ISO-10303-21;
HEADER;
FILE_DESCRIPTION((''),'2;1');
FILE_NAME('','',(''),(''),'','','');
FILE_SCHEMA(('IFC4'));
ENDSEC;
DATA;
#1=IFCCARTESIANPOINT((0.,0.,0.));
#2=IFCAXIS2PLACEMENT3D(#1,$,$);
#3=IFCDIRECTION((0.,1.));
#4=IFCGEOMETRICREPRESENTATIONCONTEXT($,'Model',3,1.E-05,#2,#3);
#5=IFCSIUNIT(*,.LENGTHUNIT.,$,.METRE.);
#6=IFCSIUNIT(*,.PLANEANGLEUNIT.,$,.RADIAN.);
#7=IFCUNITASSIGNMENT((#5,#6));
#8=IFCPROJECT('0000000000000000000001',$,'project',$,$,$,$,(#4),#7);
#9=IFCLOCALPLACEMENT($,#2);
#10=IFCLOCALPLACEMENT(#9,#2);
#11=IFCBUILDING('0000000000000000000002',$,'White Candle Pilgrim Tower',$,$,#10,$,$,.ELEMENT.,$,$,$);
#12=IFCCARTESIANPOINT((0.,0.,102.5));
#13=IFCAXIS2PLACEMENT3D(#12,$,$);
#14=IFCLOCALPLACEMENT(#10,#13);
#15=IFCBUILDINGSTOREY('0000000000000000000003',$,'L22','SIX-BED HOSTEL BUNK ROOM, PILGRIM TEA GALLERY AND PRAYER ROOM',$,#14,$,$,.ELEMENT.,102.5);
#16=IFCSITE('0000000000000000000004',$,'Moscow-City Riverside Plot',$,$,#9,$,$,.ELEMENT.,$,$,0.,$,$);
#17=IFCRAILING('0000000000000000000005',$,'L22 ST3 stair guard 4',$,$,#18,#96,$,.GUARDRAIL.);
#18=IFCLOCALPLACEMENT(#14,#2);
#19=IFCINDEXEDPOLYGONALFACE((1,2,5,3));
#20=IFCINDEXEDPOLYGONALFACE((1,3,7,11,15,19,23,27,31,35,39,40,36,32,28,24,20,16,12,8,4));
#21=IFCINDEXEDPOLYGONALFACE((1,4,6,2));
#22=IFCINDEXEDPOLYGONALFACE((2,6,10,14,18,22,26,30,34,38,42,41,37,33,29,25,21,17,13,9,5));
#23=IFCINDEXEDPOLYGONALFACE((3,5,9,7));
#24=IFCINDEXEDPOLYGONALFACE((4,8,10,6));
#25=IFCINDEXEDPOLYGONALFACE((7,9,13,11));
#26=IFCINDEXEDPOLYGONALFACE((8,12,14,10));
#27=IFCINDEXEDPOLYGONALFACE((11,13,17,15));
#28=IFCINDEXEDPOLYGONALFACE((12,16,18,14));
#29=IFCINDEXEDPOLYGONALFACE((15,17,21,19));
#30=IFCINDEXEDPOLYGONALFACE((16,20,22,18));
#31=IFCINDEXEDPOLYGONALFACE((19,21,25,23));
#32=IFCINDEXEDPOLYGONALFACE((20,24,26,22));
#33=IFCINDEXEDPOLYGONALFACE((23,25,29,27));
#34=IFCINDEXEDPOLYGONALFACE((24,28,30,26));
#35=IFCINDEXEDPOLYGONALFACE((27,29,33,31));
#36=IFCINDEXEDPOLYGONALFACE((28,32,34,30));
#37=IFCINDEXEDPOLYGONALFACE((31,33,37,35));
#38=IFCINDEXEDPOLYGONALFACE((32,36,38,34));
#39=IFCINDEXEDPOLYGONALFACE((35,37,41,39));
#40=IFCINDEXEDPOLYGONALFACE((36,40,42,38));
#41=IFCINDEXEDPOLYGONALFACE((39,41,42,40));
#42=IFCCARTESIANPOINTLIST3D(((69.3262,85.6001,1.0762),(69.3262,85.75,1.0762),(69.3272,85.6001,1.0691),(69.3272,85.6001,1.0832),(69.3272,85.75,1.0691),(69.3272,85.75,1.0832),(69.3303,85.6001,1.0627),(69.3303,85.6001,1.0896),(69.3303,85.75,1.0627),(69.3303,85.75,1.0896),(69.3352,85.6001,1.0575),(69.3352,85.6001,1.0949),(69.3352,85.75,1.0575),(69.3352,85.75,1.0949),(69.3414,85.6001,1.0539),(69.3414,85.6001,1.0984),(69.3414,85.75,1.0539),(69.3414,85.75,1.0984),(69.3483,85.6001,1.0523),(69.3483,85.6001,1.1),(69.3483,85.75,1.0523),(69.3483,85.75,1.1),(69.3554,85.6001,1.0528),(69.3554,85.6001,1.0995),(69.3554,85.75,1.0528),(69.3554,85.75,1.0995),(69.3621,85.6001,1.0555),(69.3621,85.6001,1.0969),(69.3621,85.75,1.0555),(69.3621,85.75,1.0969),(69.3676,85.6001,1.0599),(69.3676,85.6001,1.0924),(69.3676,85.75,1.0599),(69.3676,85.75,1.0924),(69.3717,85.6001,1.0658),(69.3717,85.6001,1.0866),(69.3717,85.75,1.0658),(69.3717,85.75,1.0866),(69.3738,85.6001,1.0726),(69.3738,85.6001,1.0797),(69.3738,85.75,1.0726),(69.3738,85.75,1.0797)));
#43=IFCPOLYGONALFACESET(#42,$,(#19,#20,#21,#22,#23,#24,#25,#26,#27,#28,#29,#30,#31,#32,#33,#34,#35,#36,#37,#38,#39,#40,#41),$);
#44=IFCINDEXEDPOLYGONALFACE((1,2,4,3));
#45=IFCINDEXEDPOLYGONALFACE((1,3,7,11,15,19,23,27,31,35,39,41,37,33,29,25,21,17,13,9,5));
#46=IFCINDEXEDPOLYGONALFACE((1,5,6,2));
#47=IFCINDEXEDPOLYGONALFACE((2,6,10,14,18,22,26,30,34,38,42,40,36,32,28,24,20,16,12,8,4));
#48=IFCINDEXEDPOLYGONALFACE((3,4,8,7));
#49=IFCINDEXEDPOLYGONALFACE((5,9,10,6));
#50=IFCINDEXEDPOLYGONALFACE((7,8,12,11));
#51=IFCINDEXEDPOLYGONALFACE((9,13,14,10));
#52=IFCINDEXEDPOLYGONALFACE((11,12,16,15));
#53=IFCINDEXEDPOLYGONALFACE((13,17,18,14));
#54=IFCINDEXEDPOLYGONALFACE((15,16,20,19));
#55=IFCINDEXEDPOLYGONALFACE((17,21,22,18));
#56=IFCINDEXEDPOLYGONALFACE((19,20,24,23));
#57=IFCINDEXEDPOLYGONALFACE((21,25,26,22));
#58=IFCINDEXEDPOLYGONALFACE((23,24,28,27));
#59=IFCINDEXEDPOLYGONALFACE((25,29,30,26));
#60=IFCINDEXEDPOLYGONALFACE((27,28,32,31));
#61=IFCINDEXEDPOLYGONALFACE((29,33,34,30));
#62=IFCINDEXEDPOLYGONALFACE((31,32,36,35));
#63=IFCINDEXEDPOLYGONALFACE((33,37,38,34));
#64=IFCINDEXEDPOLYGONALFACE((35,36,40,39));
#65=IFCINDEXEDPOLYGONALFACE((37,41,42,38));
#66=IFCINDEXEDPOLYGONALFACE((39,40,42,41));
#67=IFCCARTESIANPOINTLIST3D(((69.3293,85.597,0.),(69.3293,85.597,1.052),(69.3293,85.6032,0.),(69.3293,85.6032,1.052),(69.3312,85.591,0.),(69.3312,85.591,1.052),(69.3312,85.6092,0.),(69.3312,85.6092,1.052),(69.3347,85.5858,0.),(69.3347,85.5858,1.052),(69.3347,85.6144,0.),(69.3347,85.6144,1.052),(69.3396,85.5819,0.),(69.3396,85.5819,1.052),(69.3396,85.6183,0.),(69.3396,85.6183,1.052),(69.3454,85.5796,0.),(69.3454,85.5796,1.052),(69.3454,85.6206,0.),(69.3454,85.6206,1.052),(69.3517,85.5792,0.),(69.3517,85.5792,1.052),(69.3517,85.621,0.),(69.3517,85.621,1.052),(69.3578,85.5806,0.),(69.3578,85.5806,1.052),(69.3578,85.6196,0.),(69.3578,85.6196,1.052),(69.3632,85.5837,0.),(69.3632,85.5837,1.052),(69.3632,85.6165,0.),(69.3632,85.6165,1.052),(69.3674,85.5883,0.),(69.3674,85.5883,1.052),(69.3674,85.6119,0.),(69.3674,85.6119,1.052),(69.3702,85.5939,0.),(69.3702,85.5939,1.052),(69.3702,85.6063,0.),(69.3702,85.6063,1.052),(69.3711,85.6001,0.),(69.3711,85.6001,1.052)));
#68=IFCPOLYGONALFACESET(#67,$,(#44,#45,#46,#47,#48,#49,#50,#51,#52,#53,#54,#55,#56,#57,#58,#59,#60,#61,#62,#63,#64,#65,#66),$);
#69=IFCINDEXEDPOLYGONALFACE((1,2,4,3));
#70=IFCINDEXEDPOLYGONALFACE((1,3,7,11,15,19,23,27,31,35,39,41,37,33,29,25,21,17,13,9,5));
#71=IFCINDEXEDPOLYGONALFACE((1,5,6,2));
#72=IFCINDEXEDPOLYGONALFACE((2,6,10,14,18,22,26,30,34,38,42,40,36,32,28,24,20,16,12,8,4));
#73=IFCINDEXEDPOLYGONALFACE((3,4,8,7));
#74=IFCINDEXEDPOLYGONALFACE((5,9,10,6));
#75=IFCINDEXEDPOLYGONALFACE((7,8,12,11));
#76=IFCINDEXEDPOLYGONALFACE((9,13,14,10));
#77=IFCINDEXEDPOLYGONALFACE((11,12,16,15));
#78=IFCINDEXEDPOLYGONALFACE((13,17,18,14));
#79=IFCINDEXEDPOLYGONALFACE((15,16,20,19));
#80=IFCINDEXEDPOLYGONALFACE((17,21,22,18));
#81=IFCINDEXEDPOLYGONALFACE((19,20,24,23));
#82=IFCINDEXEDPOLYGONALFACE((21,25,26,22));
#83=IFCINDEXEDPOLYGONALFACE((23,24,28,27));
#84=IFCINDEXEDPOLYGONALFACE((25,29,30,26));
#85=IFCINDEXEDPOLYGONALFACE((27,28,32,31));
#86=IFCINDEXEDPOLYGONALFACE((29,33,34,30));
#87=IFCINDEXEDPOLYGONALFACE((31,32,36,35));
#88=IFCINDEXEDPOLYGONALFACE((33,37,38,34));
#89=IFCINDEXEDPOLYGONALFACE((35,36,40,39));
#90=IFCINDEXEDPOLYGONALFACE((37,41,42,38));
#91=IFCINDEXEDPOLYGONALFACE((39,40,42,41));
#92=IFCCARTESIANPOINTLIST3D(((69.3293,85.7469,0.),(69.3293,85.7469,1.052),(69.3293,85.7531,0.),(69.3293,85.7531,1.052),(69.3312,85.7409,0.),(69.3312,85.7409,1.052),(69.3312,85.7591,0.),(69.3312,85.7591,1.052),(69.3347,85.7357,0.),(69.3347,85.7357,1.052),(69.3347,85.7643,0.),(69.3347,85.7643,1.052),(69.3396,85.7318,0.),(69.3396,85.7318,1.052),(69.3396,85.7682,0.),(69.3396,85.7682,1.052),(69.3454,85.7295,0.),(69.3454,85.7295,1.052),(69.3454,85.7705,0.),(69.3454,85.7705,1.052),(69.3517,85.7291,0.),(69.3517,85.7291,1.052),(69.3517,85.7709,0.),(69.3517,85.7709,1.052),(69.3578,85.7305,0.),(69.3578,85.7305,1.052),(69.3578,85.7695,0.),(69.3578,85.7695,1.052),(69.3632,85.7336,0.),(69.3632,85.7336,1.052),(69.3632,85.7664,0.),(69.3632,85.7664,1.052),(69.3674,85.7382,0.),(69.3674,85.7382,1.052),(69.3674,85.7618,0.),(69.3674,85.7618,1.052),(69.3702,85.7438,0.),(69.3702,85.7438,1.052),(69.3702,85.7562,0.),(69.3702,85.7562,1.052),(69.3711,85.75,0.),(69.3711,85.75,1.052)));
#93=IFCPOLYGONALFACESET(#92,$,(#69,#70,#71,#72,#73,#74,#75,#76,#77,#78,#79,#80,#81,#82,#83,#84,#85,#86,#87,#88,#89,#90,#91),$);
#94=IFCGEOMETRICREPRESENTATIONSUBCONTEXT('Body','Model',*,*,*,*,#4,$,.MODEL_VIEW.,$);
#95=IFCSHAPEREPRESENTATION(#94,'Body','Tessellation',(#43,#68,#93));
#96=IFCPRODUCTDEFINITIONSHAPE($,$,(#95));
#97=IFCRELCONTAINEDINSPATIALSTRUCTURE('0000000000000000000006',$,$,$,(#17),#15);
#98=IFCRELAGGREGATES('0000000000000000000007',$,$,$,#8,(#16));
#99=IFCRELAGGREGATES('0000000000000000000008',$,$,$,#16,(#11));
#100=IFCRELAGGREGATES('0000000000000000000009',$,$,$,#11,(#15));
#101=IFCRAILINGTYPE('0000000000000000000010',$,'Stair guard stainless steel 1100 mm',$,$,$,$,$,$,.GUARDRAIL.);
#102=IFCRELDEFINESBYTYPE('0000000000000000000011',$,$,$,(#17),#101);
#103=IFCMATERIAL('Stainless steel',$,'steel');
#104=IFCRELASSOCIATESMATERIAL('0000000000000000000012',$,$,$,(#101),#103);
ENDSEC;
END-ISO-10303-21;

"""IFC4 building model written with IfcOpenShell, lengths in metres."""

from ifc_helpers import new_model, si_unit, direction, frame, origin, origin_2d, place, context, subcontext, project, spatial, circle, extrude, material, type_object, element, save


model = new_model("IFC4")

# Units and contexts
model_context = context("Model", 3, precision=1e-05, world=origin(), true_north=direction((0.0, 1.0)))
body_context = subcontext(model_context, "Body", "Model", "MODEL_VIEW")
ifc_project = project(units=[si_unit("LENGTHUNIT", "METRE"), si_unit("PLANEANGLEUNIT", "RADIAN")], contexts=[model_context])

# Site, building, storey
site_placement = place(None, origin())
site = spatial("IfcSite", under=ifc_project, at=site_placement, Name="Moscow-City Riverside Plot", CompositionType="ELEMENT", RefElevation=0.0)
building_placement = place(site_placement, origin())
building = spatial("IfcBuilding", under=site, at=building_placement, Name="White Candle Pilgrim Tower", CompositionType="ELEMENT")
storey_placement = place(building_placement, frame((0.0, 0.0, 102.5)))
storey = spatial("IfcBuildingStorey", under=building, at=storey_placement, Name="L22", Description="SIX-BED HOSTEL BUNK ROOM, PILGRIM TEA GALLERY AND PRAYER ROOM", CompositionType="ELEMENT", Elevation=102.5)

# Railing
ifc_material_1 = material(Name="Stainless steel", Category="steel")
railing_type_1 = type_object("IfcRailingType", Name="Stair guard stainless steel 1100 mm", PredefinedType="GUARDRAIL", material=ifc_material_1)
railing_1_placement = place(storey_placement, frame((69.3501, 85.6001, 0.0)))
element("IfcRailing", 1, at=railing_1_placement, inside=storey, type_object=railing_type_1, Name="L22 ST3 stair guard 4", PredefinedType="GUARDRAIL", context=body_context, shape_type="SweptSolid", body=[
    extrude(circle(Radius=0.0239, at=origin_2d()), frame((0.0, 0.0, 1.0762), z_axis=(0.0, 1.0, 0.0), x_axis=(-1.0, 0.0, 0.0)), (0.0, 0.0, 1.0), 0.1499),
    extrude(circle(Radius=0.021, at=origin_2d()), origin(), (0.0, 0.0, 1.0), 1.052),
    extrude(circle(Radius=0.021, at=origin_2d()), frame((0.0, 0.1499, 0.0)), (0.0, 0.0, 1.0), 1.052),
])

save(model, "model.ifc")
